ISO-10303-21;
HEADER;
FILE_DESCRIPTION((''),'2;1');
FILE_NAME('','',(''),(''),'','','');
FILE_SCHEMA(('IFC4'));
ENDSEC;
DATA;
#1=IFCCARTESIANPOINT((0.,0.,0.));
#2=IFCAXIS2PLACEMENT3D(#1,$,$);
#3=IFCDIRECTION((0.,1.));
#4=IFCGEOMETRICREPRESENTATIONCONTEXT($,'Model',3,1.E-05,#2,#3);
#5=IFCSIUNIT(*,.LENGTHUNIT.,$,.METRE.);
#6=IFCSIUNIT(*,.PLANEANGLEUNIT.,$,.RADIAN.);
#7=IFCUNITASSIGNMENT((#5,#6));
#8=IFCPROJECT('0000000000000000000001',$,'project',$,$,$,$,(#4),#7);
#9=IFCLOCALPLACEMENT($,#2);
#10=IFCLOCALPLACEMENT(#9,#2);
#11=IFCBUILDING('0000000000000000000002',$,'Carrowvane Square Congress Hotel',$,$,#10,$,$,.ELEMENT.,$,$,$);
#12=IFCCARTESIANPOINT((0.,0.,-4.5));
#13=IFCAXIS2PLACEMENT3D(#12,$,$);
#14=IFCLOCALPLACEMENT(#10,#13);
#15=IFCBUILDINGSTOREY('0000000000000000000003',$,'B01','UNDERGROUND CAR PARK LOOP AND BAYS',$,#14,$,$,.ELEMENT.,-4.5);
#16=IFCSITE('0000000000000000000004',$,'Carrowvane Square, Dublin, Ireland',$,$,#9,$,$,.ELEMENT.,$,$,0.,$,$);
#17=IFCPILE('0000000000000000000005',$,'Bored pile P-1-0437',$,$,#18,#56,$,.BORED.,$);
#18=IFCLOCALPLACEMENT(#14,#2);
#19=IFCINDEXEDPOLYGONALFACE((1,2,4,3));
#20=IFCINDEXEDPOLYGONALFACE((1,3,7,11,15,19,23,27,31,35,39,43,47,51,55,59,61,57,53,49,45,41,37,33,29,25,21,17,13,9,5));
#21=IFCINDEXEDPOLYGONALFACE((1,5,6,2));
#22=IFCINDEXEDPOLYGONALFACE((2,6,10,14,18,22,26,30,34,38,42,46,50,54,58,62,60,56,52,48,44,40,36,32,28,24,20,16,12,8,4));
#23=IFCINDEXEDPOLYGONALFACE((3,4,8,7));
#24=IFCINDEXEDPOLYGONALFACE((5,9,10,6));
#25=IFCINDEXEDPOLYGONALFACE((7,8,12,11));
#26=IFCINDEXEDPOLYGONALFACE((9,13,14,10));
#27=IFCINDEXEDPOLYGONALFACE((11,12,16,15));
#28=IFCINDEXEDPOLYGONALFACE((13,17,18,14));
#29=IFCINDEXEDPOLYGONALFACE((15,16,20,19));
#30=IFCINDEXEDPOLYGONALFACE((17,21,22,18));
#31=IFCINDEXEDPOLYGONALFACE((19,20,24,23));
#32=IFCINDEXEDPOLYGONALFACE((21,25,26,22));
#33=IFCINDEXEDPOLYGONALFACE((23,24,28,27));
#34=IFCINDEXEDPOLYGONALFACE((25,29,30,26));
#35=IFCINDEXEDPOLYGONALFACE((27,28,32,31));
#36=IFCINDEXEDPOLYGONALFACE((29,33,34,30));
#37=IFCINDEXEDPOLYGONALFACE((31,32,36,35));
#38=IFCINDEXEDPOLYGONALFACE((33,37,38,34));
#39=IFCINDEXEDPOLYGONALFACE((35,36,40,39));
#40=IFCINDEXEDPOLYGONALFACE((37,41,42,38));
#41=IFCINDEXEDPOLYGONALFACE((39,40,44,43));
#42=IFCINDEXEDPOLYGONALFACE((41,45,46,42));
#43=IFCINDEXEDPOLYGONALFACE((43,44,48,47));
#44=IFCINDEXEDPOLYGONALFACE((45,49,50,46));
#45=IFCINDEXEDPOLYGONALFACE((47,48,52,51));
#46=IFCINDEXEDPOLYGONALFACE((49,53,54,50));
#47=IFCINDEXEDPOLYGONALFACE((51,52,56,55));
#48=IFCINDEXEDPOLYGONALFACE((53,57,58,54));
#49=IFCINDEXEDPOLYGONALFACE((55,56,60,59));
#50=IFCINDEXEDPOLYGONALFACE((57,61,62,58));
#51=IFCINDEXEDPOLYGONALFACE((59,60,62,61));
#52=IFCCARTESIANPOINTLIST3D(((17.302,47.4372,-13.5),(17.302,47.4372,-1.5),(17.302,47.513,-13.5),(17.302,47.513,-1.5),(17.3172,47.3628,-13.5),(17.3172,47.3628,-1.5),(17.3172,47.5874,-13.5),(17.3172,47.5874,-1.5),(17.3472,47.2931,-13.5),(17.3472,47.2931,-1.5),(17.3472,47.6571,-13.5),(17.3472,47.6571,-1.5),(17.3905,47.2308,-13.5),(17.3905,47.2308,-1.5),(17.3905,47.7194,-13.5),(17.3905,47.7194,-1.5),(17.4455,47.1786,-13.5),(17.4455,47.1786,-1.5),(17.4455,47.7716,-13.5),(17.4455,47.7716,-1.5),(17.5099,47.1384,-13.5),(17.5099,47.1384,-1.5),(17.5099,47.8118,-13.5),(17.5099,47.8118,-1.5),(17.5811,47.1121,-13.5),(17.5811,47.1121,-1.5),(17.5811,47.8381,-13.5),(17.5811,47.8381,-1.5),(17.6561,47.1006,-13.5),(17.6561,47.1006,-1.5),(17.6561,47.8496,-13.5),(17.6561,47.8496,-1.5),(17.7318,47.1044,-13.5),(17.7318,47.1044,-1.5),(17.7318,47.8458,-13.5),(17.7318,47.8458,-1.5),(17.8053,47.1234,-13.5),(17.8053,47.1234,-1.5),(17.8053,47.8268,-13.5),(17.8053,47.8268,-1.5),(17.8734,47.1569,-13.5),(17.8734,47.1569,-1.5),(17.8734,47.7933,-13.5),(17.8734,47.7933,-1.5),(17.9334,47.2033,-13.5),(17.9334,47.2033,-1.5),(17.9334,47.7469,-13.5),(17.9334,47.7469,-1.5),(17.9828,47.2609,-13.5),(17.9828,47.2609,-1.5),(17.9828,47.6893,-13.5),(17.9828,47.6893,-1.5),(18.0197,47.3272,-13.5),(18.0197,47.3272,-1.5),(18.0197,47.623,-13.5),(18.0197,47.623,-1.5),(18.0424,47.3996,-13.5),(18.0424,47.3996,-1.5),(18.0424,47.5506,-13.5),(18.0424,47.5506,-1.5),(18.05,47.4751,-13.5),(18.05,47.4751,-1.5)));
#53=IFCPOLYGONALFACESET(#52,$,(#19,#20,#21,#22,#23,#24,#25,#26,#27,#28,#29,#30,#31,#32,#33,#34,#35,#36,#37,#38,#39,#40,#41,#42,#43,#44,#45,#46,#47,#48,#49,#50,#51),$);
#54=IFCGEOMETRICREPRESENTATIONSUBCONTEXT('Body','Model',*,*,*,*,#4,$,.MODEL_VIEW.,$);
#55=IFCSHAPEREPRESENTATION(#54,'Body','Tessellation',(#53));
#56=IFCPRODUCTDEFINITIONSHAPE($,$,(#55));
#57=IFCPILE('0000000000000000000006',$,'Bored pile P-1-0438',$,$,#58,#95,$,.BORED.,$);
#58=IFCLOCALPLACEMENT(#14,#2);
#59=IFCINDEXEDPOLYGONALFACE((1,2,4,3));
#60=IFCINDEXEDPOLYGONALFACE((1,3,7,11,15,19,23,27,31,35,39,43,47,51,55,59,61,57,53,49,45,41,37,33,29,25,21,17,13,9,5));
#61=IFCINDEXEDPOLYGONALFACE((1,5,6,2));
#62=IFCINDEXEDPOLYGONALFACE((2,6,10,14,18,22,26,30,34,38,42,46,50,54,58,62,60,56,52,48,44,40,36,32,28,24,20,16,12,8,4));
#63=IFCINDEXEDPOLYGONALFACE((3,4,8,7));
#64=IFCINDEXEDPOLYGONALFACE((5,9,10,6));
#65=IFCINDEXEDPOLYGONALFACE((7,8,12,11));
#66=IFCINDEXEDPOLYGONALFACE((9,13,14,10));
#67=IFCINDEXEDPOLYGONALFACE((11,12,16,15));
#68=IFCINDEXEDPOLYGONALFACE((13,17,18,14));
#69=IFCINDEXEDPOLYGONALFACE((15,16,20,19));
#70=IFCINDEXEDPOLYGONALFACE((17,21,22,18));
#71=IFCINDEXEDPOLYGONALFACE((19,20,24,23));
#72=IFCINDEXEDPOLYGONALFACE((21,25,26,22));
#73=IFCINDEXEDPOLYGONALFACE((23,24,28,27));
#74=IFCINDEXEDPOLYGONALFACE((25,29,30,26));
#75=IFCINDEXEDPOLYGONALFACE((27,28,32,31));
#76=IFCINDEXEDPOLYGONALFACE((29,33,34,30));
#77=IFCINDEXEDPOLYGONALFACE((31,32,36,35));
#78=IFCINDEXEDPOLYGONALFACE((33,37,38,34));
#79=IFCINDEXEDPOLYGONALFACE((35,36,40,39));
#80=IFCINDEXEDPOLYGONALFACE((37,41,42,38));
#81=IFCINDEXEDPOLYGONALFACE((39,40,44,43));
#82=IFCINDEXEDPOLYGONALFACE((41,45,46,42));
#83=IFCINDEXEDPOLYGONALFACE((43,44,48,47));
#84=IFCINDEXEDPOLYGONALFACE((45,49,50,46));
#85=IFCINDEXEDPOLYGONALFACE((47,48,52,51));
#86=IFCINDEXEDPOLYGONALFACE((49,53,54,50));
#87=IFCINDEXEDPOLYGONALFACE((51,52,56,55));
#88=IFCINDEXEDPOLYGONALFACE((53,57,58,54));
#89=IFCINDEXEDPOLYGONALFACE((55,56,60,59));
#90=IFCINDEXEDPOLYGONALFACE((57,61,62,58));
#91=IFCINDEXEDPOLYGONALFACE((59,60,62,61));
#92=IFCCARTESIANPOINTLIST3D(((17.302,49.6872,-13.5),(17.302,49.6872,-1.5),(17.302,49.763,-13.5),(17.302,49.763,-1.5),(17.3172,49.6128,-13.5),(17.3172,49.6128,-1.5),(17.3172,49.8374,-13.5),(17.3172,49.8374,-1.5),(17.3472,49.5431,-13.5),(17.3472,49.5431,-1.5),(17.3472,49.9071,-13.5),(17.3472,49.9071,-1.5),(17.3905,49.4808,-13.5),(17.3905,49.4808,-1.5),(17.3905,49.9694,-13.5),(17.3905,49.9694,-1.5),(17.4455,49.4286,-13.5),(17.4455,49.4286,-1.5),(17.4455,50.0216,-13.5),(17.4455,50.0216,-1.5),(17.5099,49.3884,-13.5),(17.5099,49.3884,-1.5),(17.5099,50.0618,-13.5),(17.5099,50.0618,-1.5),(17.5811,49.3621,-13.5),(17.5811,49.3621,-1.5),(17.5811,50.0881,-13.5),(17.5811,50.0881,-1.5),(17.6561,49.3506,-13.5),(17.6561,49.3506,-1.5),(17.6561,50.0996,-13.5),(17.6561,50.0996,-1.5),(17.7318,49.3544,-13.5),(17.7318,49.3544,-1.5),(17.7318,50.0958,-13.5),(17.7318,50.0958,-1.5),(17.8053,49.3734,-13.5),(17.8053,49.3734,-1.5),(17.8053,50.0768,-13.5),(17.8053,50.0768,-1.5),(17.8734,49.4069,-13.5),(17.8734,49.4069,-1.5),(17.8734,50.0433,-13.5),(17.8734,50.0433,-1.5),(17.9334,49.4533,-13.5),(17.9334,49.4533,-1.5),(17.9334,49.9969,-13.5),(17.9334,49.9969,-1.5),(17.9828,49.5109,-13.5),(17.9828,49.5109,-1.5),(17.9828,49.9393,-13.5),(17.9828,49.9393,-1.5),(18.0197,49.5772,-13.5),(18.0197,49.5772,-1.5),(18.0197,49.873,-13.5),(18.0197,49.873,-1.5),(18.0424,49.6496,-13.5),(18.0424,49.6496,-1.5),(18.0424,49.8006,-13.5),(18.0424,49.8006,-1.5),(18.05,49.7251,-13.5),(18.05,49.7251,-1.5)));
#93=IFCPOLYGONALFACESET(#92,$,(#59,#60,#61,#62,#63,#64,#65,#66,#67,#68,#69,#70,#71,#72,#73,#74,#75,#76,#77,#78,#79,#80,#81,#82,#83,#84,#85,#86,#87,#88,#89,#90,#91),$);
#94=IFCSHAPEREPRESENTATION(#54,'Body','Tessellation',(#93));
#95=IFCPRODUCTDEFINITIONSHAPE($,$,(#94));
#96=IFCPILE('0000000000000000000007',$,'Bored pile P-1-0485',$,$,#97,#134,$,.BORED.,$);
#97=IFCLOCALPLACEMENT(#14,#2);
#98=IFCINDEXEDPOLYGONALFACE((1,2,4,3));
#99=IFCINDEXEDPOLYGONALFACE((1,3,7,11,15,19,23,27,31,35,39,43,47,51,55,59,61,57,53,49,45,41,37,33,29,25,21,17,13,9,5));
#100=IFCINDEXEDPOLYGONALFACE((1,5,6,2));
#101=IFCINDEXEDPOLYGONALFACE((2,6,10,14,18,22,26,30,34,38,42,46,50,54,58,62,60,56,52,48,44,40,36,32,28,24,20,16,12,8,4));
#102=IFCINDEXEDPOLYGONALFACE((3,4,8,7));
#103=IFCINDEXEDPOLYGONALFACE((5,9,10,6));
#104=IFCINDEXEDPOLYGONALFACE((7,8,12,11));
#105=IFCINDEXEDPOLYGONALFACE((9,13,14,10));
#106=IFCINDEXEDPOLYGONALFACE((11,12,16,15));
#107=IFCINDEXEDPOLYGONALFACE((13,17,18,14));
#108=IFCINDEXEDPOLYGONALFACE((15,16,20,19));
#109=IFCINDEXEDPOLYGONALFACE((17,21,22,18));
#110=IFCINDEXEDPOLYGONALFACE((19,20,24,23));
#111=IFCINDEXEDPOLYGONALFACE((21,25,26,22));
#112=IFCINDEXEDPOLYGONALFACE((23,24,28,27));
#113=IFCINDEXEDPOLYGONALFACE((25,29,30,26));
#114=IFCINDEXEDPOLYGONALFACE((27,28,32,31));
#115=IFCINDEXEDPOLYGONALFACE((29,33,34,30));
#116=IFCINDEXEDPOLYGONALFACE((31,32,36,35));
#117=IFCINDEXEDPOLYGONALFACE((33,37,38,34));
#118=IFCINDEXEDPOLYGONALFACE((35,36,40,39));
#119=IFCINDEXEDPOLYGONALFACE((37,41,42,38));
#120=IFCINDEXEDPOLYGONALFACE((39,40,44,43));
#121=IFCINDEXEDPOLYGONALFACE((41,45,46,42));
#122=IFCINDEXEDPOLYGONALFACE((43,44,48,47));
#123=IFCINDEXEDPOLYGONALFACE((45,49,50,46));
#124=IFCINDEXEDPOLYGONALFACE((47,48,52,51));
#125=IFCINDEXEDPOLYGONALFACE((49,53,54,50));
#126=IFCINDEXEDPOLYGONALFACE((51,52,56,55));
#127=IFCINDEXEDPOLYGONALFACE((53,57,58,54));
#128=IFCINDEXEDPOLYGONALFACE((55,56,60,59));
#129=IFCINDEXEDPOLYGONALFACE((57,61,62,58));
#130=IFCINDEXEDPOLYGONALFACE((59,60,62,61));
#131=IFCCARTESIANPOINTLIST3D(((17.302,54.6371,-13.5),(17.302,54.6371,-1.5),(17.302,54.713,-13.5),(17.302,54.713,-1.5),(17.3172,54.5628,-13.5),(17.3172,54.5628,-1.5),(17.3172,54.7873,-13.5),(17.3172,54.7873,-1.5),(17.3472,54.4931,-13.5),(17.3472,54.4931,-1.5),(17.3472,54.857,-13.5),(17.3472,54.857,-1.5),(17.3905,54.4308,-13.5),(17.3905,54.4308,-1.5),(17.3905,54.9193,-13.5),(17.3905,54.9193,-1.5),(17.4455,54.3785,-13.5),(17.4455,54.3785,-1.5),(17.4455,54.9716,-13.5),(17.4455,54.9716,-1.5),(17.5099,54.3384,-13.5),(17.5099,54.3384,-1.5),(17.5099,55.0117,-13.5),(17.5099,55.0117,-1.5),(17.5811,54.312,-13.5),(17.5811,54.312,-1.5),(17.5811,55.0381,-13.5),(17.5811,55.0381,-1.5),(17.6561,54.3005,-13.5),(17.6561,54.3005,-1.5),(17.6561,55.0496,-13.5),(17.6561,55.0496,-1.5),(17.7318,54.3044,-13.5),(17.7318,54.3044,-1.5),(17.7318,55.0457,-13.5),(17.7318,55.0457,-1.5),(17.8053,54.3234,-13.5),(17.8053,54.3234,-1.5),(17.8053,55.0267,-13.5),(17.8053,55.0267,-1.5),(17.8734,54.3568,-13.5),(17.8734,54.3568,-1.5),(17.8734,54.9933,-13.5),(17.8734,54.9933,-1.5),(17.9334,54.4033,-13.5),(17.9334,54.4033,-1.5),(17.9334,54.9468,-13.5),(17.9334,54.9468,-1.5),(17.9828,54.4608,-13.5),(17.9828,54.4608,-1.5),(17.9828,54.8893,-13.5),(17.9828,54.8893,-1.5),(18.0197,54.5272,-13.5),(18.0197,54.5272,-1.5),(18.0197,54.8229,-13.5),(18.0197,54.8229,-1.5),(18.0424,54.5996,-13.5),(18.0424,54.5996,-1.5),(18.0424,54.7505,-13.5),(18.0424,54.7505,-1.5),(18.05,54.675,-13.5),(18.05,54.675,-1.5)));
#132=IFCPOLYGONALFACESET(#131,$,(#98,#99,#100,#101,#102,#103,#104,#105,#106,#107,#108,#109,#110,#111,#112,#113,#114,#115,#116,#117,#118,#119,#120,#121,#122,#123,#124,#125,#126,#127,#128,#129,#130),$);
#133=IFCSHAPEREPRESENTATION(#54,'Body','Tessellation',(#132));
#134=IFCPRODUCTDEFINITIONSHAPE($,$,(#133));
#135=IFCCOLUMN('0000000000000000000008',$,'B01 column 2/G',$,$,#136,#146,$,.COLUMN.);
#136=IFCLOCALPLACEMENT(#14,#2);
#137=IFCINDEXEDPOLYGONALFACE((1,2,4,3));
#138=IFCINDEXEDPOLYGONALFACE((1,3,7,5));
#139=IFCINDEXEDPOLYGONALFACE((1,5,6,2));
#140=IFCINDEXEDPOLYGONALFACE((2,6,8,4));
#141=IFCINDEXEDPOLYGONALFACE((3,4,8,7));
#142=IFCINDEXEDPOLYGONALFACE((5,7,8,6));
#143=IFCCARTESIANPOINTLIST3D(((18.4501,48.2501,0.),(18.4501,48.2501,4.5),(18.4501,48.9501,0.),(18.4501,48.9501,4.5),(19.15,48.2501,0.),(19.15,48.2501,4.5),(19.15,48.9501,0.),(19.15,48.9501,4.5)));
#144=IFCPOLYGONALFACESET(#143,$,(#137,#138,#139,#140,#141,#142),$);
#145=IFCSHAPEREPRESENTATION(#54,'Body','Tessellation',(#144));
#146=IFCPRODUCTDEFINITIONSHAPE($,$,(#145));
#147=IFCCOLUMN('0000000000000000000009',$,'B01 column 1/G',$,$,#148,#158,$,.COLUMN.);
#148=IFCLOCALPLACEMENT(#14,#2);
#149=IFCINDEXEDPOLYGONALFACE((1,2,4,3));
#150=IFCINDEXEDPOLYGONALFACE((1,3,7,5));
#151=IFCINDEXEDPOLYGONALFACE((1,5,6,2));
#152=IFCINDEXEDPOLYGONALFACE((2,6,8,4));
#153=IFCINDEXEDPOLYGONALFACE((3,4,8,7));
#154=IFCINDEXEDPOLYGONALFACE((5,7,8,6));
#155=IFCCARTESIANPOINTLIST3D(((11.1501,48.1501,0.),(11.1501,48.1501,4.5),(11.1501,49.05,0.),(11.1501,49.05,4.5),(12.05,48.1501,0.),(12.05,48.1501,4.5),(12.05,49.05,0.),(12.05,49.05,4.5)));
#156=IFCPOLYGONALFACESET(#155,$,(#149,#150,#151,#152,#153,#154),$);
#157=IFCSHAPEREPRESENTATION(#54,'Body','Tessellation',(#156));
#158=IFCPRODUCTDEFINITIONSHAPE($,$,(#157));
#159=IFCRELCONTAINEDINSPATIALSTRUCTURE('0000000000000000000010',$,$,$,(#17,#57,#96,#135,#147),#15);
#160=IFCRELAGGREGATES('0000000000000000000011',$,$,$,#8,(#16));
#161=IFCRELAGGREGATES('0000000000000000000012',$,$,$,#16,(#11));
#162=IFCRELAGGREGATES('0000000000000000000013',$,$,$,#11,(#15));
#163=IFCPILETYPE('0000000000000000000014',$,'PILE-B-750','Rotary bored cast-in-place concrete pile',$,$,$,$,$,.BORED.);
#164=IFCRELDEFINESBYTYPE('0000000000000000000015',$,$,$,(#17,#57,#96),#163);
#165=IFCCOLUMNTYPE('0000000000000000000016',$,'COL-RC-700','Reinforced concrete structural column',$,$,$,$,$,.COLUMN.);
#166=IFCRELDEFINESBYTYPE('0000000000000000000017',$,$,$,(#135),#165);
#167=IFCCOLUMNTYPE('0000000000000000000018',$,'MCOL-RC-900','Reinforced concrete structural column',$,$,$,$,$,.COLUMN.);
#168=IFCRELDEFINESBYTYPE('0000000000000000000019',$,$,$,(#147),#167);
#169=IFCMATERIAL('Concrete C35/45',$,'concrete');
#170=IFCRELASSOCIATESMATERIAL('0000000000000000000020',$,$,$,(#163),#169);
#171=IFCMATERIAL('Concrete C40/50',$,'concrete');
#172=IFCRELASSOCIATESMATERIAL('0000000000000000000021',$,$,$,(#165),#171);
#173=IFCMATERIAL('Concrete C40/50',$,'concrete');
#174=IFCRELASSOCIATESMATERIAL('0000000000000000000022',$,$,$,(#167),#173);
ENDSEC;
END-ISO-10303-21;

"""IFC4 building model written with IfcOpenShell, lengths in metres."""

from ifc_helpers import new_model, si_unit, direction, frame, origin, origin_2d, place, context, subcontext, project, spatial, rectangle, circle, extrude, material, material_profile, profile_set, type_object, element, save


model = new_model("IFC4")

# Units and contexts
model_context = context("Model", 3, precision=1e-05, world=origin(), true_north=direction((0.0, 1.0)))
body_context = subcontext(model_context, "Body", "Model", "MODEL_VIEW")
ifc_project = project(units=[si_unit("LENGTHUNIT", "METRE"), si_unit("PLANEANGLEUNIT", "RADIAN")], contexts=[model_context])

# Site, building, storey
site_placement = place(None, origin())
site = spatial("IfcSite", under=ifc_project, at=site_placement, Name="Carrowvane Square, Dublin, Ireland", CompositionType="ELEMENT", RefElevation=0.0)
building_placement = place(site_placement, origin())
building = spatial("IfcBuilding", under=site, at=building_placement, Name="Carrowvane Square Congress Hotel", CompositionType="ELEMENT")
storey_placement = place(building_placement, frame((0.0, 0.0, -4.5)))
storey = spatial("IfcBuildingStorey", under=building, at=storey_placement, Name="B01", Description="UNDERGROUND CAR PARK LOOP AND BAYS", CompositionType="ELEMENT", Elevation=-4.5)

# Piles
ifc_material_1 = material(Name="Concrete C35/45", Category="concrete")
ifc_material_profile_1 = material_profile(ifc_material_1, circle(Radius=0.375, at=origin_2d()), Name="PILE D750")
ifc_profile_set_1 = profile_set([ifc_material_profile_1], Name="Concrete C35/45")
pile_type_1 = type_object("IfcPileType", Name="PILE-B-750", Description="Rotary bored cast-in-place concrete pile", PredefinedType="BORED", material=ifc_profile_set_1)
for number, where, z_axis, x_axis, name in (
    (1, (17.675, 47.4751, -1.5), (0.0, 0.0, -1.0), (1.0, 0.0, 0.0), "Bored pile P-1-0437"),
    (2, (17.675, 49.7251, -1.5), (0.0, 0.0, -1.0), (1.0, 0.0, 0.0), "Bored pile P-1-0438"),
    (3, (17.675, 54.675, -1.5), (0.0, 0.0, -1.0), (1.0, 0.0, 0.0), "Bored pile P-1-0485"),
):
    element("IfcPile", number, at=place(storey_placement, frame(where, z_axis=z_axis, x_axis=x_axis)), inside=storey, type_object=pile_type_1, Name=name, PredefinedType="BORED", context=body_context, shape_type="SweptSolid", body=[
        extrude(circle(Radius=0.375, at=origin_2d()), origin(), (0.0, 0.0, 1.0), 12.0),
    ])

# Columns
ifc_material_2 = material(Name="Concrete C40/50", Category="concrete")
ifc_material_profile_2 = material_profile(ifc_material_2, rectangle(XDim=0.7, YDim=0.7, at=origin_2d()), Name="RC 700x700")
ifc_profile_set_2 = profile_set([ifc_material_profile_2], Name="Concrete C40/50")
column_type_1 = type_object("IfcColumnType", Name="COL-RC-700", Description="Reinforced concrete structural column", PredefinedType="COLUMN", material=ifc_profile_set_2)
column_1_placement = place(storey_placement, frame((18.8, 48.6001, 0.0), z_axis=(0.0, 0.0, 1.0), x_axis=(1.0, 0.0, 0.0)))
element("IfcColumn", 4, at=column_1_placement, inside=storey, type_object=column_type_1, Name="B01 column 2/G", PredefinedType="COLUMN", context=body_context, shape_type="SweptSolid", body=[
    extrude(rectangle(XDim=0.7, YDim=0.7, at=origin_2d()), origin(), (0.0, 0.0, 1.0), 4.5),
])
ifc_material_3 = material(Name="Concrete C40/50", Category="concrete")
ifc_material_profile_3 = material_profile(ifc_material_3, rectangle(XDim=0.8999, YDim=0.8999, at=origin_2d()), Name="RC 900x900")
ifc_profile_set_3 = profile_set([ifc_material_profile_3], Name="Concrete C40/50")
column_type_2 = type_object("IfcColumnType", Name="MCOL-RC-900", Description="Reinforced concrete structural column", PredefinedType="COLUMN", material=ifc_profile_set_3)
column_2_placement = place(storey_placement, frame((11.6001, 48.6001, 0.0), z_axis=(0.0, 0.0, 1.0), x_axis=(1.0, 0.0, 0.0)))
element("IfcColumn", 5, at=column_2_placement, inside=storey, type_object=column_type_2, Name="B01 column 1/G", PredefinedType="COLUMN", context=body_context, shape_type="SweptSolid", body=[
    extrude(rectangle(XDim=0.8999, YDim=0.8999, at=origin_2d()), origin(), (0.0, 0.0, 1.0), 4.5),
])

save(model, "model.ifc")
